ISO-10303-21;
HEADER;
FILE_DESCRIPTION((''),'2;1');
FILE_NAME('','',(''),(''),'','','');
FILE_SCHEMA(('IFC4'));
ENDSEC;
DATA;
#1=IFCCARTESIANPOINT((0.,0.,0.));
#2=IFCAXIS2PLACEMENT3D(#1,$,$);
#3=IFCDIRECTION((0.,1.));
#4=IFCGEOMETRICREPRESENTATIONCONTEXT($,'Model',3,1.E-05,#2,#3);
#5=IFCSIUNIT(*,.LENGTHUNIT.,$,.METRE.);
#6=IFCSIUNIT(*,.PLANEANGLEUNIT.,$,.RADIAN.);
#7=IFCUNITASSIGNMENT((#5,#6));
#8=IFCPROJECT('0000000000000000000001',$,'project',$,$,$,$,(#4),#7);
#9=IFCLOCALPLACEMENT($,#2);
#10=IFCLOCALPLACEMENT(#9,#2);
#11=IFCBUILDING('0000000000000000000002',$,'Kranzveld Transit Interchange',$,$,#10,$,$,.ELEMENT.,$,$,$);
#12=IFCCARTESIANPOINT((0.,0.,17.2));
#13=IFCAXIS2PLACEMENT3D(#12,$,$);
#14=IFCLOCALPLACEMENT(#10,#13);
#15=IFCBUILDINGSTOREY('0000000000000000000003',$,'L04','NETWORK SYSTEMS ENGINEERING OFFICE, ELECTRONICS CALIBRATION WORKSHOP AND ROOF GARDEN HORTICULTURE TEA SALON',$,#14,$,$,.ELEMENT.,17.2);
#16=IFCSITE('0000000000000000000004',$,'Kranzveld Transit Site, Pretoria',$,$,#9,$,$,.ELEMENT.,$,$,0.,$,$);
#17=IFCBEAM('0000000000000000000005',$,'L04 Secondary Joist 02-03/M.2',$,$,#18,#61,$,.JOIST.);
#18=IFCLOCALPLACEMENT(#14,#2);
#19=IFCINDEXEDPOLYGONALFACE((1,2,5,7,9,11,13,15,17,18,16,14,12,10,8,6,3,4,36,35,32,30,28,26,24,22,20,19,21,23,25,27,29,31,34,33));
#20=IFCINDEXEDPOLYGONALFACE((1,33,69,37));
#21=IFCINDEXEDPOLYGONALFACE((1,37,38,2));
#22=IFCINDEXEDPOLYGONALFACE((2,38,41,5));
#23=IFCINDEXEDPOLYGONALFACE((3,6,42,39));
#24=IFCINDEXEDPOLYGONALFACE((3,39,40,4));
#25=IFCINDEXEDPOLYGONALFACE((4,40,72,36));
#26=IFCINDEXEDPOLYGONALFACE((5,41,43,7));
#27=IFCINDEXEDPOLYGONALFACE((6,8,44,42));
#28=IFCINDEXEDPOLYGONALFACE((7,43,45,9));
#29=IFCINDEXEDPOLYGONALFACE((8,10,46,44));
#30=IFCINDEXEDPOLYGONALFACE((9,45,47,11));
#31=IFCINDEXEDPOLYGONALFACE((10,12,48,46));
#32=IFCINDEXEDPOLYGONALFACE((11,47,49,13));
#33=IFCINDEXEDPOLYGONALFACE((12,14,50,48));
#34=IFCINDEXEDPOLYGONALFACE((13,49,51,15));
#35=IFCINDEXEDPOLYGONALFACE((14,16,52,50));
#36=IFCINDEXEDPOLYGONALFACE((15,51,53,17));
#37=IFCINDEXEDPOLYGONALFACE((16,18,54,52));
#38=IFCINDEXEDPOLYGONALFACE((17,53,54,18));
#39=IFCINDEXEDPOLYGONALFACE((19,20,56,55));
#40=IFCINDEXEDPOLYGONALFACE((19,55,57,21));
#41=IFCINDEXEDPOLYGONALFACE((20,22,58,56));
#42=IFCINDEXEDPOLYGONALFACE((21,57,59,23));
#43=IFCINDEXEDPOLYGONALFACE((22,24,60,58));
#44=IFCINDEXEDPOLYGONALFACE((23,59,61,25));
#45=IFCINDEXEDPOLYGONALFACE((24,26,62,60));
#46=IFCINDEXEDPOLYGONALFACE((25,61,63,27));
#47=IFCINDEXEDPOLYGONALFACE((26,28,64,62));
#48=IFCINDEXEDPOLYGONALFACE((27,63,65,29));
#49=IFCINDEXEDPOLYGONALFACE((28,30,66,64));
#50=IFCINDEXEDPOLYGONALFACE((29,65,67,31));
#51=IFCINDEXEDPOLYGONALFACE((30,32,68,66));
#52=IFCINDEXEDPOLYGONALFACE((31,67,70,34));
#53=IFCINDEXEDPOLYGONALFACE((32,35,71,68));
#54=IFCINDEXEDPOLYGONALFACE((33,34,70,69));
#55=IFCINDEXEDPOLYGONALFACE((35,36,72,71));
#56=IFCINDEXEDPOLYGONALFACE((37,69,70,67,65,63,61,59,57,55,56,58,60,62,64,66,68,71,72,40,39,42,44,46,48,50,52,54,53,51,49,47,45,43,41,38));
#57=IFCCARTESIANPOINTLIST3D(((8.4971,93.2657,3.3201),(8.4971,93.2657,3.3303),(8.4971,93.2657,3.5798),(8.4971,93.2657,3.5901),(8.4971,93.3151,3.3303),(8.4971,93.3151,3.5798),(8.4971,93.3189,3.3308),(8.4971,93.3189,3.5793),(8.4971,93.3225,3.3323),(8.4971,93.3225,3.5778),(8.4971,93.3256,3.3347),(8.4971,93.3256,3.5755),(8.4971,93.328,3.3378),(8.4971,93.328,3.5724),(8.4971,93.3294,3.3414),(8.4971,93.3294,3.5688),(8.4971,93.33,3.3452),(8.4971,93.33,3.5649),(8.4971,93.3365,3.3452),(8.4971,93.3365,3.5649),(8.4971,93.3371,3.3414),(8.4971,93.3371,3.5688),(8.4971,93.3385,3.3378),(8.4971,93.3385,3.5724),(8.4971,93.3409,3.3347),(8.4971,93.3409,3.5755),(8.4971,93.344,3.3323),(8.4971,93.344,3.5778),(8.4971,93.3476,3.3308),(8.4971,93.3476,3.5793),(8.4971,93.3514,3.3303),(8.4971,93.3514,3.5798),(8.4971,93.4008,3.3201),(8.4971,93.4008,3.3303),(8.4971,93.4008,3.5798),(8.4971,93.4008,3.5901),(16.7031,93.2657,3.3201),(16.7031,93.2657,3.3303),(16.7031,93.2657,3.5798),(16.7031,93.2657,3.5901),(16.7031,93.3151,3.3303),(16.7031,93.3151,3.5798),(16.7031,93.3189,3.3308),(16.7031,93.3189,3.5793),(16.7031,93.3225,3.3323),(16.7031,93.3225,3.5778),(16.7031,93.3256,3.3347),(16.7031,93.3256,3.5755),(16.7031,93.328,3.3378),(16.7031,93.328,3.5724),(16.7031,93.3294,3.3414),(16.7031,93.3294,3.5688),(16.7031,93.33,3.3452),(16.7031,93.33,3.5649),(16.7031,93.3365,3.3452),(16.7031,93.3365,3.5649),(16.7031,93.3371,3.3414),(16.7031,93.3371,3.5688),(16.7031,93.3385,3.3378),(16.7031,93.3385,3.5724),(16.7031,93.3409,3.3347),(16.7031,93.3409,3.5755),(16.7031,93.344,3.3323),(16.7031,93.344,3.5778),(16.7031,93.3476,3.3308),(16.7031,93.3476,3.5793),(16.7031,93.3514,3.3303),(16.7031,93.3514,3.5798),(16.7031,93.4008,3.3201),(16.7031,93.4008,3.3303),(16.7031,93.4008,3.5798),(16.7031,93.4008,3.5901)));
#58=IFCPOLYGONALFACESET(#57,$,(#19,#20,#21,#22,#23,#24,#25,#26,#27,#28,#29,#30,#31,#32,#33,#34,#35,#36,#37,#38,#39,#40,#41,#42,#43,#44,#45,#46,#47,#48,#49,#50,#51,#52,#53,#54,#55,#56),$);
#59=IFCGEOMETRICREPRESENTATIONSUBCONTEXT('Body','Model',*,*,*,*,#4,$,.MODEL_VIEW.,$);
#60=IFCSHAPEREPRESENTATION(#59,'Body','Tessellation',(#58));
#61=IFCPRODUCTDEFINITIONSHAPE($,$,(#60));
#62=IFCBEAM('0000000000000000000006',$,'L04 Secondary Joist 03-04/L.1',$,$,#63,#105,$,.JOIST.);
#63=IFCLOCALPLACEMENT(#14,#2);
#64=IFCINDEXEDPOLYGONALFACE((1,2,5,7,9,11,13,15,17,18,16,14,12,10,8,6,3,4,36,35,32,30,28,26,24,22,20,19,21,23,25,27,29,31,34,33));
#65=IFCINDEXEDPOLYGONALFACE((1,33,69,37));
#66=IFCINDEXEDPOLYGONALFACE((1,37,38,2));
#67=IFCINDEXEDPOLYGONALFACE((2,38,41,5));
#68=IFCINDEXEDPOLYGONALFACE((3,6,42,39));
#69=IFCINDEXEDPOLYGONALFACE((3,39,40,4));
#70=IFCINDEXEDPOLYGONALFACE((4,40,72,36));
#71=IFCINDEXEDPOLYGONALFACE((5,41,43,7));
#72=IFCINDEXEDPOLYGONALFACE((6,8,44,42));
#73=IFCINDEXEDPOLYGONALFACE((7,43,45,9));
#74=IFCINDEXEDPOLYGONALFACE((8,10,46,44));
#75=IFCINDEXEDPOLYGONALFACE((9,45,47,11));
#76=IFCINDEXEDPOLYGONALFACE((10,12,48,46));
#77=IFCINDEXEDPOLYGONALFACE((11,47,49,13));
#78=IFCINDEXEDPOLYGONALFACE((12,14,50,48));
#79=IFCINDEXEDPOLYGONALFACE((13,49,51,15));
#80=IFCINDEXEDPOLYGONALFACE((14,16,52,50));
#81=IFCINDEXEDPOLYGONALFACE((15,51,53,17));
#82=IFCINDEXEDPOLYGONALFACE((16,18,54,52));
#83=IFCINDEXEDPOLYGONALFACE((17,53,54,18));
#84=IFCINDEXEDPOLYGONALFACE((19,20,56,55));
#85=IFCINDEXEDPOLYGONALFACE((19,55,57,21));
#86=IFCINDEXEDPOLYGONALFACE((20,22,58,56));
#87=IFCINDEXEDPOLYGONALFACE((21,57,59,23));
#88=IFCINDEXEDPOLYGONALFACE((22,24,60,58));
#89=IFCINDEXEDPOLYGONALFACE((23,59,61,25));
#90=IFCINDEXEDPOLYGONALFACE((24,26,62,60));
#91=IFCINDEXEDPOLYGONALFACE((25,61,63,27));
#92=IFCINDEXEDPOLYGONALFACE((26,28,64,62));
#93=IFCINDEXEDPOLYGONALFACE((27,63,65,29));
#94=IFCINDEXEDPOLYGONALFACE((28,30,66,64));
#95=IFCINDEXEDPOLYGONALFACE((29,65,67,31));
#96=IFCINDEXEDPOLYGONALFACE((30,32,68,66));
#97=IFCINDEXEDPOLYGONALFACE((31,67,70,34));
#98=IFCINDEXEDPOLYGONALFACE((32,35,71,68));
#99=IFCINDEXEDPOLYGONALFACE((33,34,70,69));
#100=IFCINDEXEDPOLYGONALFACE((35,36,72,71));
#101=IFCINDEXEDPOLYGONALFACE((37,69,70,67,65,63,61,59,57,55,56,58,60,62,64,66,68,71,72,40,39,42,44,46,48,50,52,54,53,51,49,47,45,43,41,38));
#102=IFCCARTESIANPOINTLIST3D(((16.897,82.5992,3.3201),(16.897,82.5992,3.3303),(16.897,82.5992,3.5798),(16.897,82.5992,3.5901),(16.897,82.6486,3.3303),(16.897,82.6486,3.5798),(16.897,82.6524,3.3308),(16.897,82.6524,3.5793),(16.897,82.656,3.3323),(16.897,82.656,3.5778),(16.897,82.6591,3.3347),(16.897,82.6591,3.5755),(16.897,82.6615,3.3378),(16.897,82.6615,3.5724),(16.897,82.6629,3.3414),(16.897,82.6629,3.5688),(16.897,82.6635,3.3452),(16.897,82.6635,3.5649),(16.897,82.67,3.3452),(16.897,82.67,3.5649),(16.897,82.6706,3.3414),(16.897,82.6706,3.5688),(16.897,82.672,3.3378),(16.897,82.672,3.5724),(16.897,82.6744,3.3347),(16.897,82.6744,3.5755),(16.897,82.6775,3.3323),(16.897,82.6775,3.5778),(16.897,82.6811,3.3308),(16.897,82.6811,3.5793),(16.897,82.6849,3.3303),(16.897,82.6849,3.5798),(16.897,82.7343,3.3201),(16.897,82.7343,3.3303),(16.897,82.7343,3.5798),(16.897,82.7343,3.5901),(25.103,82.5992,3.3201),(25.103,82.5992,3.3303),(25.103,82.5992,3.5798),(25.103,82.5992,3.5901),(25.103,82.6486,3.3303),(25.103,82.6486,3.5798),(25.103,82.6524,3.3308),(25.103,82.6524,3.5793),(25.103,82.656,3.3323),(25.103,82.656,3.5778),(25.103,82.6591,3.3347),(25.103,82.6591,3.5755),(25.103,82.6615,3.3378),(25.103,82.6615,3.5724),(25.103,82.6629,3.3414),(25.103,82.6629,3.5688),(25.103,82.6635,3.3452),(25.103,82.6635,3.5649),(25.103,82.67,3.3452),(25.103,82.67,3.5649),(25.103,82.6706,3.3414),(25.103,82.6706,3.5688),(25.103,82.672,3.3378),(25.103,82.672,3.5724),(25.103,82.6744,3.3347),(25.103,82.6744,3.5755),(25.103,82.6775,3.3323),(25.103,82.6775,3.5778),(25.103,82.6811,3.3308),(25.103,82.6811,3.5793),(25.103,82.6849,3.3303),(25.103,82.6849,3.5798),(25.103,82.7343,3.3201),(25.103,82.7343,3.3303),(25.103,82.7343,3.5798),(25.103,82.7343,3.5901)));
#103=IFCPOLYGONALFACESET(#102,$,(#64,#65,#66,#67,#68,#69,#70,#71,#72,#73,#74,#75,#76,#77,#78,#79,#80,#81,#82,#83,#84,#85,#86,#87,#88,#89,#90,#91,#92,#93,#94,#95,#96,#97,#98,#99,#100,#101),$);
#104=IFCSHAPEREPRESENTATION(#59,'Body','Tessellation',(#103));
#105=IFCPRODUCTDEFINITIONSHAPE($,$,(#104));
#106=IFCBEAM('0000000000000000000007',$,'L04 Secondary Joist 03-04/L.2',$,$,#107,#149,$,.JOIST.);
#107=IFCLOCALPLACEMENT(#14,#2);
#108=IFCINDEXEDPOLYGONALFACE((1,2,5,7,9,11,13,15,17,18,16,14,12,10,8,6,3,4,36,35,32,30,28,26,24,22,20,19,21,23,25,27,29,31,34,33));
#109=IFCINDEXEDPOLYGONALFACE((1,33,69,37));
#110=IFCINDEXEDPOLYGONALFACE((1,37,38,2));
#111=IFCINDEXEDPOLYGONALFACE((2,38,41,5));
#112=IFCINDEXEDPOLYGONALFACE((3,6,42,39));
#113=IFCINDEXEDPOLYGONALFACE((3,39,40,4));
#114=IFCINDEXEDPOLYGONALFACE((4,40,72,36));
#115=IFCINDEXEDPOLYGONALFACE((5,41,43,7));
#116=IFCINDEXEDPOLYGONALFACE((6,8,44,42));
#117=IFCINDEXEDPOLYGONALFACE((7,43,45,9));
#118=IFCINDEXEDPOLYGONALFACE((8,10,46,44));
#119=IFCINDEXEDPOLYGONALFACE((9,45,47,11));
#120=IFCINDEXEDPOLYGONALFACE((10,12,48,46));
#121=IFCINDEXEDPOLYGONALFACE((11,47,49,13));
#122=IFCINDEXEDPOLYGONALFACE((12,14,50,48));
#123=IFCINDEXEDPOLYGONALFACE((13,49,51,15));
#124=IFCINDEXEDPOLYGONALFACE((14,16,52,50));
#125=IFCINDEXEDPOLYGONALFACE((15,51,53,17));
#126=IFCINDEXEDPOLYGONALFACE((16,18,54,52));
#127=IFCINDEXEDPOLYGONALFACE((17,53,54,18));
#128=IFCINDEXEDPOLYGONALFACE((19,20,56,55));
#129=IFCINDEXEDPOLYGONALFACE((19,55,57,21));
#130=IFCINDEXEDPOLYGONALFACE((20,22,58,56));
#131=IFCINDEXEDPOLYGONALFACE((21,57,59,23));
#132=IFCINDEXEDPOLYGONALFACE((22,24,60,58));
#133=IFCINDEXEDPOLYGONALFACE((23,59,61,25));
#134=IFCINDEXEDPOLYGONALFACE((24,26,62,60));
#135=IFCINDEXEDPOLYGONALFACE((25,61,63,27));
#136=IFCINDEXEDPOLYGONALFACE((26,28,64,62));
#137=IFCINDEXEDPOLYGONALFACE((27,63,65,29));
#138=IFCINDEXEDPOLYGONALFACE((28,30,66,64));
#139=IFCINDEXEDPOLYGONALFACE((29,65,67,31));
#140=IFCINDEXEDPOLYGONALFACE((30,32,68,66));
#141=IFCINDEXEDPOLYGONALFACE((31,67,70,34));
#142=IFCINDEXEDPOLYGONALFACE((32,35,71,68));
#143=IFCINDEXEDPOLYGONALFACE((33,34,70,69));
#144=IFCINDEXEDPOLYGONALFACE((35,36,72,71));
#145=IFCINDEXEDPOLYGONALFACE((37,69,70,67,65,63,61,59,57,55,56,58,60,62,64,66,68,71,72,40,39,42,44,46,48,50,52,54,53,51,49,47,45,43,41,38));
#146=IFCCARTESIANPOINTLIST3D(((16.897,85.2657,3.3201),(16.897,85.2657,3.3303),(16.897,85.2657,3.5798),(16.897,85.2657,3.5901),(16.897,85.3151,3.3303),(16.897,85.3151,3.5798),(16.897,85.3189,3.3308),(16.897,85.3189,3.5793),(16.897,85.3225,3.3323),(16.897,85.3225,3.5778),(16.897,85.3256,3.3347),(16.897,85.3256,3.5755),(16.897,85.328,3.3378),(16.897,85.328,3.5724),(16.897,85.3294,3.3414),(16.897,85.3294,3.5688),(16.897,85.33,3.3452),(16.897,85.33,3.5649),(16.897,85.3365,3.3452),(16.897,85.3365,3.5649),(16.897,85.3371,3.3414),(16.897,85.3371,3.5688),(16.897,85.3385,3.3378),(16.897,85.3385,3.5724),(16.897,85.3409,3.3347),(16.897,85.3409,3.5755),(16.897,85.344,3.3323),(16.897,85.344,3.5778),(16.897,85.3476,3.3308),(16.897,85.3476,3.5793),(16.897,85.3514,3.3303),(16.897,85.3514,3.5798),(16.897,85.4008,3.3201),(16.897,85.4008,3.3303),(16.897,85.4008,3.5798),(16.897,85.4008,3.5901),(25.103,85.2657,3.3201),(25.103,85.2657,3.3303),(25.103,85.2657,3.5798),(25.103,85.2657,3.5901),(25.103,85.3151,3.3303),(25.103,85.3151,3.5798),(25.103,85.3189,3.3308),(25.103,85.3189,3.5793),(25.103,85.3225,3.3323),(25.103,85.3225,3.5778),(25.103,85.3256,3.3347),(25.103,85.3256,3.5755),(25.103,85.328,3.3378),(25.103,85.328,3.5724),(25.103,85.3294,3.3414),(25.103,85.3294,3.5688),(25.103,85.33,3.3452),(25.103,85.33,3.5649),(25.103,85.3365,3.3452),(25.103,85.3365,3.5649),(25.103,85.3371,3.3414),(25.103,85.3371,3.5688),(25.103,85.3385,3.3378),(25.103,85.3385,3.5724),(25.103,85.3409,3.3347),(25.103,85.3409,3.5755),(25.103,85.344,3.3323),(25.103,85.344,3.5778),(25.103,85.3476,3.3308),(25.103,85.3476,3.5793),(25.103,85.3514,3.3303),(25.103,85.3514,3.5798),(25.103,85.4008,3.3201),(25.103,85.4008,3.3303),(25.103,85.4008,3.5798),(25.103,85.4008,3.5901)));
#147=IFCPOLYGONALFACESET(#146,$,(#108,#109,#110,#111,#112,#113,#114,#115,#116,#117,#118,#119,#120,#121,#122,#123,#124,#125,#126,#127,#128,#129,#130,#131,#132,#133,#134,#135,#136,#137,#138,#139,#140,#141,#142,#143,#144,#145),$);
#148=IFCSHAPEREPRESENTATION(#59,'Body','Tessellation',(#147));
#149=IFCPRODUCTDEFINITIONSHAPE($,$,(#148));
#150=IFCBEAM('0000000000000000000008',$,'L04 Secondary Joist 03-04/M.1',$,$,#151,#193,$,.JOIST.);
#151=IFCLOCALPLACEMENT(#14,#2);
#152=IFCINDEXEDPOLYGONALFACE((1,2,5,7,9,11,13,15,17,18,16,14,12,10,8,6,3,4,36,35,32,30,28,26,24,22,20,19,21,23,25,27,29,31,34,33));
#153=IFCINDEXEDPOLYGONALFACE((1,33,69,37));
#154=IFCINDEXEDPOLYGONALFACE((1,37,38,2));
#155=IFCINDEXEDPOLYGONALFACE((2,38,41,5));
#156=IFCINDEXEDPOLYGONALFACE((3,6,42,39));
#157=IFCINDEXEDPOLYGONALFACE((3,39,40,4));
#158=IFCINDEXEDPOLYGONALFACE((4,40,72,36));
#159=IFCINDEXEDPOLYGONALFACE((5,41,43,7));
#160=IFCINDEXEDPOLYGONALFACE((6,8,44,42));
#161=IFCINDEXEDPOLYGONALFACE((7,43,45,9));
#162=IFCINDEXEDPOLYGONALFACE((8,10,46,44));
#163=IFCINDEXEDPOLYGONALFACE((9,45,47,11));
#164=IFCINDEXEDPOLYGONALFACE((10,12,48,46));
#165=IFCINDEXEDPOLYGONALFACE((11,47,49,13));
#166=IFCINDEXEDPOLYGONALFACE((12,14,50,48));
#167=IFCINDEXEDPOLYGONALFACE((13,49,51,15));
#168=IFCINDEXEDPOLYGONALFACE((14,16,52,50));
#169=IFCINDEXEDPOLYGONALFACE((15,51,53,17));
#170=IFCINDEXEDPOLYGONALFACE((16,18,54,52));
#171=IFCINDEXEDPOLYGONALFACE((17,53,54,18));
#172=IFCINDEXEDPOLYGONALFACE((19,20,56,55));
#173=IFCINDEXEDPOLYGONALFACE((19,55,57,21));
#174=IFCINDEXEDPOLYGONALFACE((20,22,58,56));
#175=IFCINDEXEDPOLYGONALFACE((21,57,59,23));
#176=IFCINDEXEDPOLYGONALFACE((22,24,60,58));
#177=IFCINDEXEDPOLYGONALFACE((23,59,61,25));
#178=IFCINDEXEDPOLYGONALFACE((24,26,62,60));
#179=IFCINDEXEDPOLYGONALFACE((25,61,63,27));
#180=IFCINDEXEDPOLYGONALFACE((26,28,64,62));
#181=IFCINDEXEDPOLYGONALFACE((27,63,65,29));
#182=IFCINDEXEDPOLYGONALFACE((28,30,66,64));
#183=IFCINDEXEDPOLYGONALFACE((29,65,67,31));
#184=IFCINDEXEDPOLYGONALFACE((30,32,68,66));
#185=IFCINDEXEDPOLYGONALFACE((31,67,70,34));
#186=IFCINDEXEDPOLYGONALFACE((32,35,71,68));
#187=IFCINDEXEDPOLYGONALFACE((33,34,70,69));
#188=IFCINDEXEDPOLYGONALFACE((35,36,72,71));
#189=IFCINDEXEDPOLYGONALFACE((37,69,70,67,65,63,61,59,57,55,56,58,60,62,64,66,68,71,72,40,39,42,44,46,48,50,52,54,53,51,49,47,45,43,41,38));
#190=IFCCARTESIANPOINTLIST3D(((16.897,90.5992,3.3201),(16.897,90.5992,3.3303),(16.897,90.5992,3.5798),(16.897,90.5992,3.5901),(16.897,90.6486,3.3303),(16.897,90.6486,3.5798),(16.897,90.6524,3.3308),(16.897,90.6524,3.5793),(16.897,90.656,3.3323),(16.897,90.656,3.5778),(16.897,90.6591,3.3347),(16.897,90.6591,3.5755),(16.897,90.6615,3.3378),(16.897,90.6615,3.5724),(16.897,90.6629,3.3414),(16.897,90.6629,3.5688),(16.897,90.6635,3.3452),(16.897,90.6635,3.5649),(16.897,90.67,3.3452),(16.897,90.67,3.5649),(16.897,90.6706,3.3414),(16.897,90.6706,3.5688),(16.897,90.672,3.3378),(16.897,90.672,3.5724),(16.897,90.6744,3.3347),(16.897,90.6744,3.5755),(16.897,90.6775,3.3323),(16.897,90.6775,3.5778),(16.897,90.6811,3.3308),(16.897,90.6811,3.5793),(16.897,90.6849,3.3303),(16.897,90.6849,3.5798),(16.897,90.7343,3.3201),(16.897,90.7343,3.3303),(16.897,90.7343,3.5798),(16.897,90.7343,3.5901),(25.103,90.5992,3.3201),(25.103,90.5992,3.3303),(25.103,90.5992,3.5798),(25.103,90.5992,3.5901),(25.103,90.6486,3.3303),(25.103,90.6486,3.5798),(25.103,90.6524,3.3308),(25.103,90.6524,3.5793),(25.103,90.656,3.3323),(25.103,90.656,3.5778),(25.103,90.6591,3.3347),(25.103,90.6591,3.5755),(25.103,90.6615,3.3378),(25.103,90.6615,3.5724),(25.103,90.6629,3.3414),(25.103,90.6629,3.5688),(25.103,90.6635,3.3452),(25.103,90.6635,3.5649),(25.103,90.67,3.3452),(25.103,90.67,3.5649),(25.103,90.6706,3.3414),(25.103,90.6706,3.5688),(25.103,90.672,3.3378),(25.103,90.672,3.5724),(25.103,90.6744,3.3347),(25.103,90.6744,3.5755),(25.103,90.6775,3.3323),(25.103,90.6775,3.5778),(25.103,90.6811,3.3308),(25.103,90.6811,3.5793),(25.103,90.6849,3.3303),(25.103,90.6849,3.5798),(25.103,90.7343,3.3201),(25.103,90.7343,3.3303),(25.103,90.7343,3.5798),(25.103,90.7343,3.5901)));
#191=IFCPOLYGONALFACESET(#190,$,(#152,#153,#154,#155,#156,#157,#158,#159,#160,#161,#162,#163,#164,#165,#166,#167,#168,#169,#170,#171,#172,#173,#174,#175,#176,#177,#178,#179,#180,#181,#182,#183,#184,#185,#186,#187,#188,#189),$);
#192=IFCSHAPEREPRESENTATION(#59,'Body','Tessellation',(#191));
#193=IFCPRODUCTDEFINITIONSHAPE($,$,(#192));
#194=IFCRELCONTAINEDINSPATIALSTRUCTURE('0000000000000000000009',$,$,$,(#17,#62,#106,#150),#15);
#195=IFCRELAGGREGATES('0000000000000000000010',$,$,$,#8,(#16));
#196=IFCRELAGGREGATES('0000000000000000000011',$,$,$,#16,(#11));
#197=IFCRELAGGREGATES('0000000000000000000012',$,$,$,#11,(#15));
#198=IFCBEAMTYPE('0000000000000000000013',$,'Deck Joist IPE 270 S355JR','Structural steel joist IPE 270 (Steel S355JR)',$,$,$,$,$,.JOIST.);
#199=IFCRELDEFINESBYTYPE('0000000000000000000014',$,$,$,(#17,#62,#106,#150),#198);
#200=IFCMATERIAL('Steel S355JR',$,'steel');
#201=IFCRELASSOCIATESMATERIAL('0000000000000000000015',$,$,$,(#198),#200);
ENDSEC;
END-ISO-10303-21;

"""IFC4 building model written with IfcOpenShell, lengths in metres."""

from ifc_helpers import new_model, si_unit, direction, frame, origin, origin_2d, place, context, subcontext, project, spatial, i_section, extrude, material, material_profile, profile_set, type_object, element, save


model = new_model("IFC4")

# Units and contexts
model_context = context("Model", 3, precision=1e-05, world=origin(), true_north=direction((0.0, 1.0)))
body_context = subcontext(model_context, "Body", "Model", "MODEL_VIEW")
ifc_project = project(units=[si_unit("LENGTHUNIT", "METRE"), si_unit("PLANEANGLEUNIT", "RADIAN")], contexts=[model_context])

# Site, building, storey
site_placement = place(None, origin())
site = spatial("IfcSite", under=ifc_project, at=site_placement, Name="Kranzveld Transit Site, Pretoria", CompositionType="ELEMENT", RefElevation=0.0)
building_placement = place(site_placement, origin())
building = spatial("IfcBuilding", under=site, at=building_placement, Name="Kranzveld Transit Interchange", CompositionType="ELEMENT")
storey_placement = place(building_placement, frame((0.0, 0.0, 17.2)))
storey = spatial("IfcBuildingStorey", under=building, at=storey_placement, Name="L04", Description="NETWORK SYSTEMS ENGINEERING OFFICE, ELECTRONICS CALIBRATION WORKSHOP AND ROOF GARDEN HORTICULTURE TEA SALON", CompositionType="ELEMENT", Elevation=17.2)

# Beams
ifc_material_1 = material(Name="Steel S355JR", Category="steel")
ifc_material_profile_1 = material_profile(ifc_material_1, i_section(OverallWidth=0.135, OverallDepth=0.27, WebThickness=0.0066, FlangeThickness=0.0103, FilletRadius=0.0149, at=origin_2d()), Name="IPE 270")
ifc_profile_set_1 = profile_set([ifc_material_profile_1], Name="Steel S355JR")
beam_type_1 = type_object("IfcBeamType", Name="Deck Joist IPE 270 S355JR", Description="Structural steel joist IPE 270 (Steel S355JR)", PredefinedType="JOIST", material=ifc_profile_set_1)
for number, where, z_axis, x_axis, name in (
    (1, (8.4971, 93.3333, 3.4551), (1.0, 0.0, 0.0), (0.0, 1.0, 0.0), "L04 Secondary Joist 02-03/M.2"),
    (2, (16.897, 82.6667, 3.4551), (1.0, 0.0, 0.0), (0.0, 1.0, 0.0), "L04 Secondary Joist 03-04/L.1"),
    (3, (16.897, 85.3333, 3.4551), (1.0, 0.0, 0.0), (0.0, 1.0, 0.0), "L04 Secondary Joist 03-04/L.2"),
    (4, (16.897, 90.6667, 3.4551), (1.0, 0.0, 0.0), (0.0, 1.0, 0.0), "L04 Secondary Joist 03-04/M.1"),
):
    element("IfcBeam", number, at=place(storey_placement, frame(where, z_axis=z_axis, x_axis=x_axis)), inside=storey, type_object=beam_type_1, Name=name, PredefinedType="JOIST", context=body_context, shape_type="SweptSolid", body=[
        extrude(i_section(OverallWidth=0.135, OverallDepth=0.27, WebThickness=0.0066, FlangeThickness=0.0103, FilletRadius=0.0149, at=origin_2d()), origin(), (0.0, 0.0, 1.0), 8.2061),
    ])

save(model, "model.ifc")
